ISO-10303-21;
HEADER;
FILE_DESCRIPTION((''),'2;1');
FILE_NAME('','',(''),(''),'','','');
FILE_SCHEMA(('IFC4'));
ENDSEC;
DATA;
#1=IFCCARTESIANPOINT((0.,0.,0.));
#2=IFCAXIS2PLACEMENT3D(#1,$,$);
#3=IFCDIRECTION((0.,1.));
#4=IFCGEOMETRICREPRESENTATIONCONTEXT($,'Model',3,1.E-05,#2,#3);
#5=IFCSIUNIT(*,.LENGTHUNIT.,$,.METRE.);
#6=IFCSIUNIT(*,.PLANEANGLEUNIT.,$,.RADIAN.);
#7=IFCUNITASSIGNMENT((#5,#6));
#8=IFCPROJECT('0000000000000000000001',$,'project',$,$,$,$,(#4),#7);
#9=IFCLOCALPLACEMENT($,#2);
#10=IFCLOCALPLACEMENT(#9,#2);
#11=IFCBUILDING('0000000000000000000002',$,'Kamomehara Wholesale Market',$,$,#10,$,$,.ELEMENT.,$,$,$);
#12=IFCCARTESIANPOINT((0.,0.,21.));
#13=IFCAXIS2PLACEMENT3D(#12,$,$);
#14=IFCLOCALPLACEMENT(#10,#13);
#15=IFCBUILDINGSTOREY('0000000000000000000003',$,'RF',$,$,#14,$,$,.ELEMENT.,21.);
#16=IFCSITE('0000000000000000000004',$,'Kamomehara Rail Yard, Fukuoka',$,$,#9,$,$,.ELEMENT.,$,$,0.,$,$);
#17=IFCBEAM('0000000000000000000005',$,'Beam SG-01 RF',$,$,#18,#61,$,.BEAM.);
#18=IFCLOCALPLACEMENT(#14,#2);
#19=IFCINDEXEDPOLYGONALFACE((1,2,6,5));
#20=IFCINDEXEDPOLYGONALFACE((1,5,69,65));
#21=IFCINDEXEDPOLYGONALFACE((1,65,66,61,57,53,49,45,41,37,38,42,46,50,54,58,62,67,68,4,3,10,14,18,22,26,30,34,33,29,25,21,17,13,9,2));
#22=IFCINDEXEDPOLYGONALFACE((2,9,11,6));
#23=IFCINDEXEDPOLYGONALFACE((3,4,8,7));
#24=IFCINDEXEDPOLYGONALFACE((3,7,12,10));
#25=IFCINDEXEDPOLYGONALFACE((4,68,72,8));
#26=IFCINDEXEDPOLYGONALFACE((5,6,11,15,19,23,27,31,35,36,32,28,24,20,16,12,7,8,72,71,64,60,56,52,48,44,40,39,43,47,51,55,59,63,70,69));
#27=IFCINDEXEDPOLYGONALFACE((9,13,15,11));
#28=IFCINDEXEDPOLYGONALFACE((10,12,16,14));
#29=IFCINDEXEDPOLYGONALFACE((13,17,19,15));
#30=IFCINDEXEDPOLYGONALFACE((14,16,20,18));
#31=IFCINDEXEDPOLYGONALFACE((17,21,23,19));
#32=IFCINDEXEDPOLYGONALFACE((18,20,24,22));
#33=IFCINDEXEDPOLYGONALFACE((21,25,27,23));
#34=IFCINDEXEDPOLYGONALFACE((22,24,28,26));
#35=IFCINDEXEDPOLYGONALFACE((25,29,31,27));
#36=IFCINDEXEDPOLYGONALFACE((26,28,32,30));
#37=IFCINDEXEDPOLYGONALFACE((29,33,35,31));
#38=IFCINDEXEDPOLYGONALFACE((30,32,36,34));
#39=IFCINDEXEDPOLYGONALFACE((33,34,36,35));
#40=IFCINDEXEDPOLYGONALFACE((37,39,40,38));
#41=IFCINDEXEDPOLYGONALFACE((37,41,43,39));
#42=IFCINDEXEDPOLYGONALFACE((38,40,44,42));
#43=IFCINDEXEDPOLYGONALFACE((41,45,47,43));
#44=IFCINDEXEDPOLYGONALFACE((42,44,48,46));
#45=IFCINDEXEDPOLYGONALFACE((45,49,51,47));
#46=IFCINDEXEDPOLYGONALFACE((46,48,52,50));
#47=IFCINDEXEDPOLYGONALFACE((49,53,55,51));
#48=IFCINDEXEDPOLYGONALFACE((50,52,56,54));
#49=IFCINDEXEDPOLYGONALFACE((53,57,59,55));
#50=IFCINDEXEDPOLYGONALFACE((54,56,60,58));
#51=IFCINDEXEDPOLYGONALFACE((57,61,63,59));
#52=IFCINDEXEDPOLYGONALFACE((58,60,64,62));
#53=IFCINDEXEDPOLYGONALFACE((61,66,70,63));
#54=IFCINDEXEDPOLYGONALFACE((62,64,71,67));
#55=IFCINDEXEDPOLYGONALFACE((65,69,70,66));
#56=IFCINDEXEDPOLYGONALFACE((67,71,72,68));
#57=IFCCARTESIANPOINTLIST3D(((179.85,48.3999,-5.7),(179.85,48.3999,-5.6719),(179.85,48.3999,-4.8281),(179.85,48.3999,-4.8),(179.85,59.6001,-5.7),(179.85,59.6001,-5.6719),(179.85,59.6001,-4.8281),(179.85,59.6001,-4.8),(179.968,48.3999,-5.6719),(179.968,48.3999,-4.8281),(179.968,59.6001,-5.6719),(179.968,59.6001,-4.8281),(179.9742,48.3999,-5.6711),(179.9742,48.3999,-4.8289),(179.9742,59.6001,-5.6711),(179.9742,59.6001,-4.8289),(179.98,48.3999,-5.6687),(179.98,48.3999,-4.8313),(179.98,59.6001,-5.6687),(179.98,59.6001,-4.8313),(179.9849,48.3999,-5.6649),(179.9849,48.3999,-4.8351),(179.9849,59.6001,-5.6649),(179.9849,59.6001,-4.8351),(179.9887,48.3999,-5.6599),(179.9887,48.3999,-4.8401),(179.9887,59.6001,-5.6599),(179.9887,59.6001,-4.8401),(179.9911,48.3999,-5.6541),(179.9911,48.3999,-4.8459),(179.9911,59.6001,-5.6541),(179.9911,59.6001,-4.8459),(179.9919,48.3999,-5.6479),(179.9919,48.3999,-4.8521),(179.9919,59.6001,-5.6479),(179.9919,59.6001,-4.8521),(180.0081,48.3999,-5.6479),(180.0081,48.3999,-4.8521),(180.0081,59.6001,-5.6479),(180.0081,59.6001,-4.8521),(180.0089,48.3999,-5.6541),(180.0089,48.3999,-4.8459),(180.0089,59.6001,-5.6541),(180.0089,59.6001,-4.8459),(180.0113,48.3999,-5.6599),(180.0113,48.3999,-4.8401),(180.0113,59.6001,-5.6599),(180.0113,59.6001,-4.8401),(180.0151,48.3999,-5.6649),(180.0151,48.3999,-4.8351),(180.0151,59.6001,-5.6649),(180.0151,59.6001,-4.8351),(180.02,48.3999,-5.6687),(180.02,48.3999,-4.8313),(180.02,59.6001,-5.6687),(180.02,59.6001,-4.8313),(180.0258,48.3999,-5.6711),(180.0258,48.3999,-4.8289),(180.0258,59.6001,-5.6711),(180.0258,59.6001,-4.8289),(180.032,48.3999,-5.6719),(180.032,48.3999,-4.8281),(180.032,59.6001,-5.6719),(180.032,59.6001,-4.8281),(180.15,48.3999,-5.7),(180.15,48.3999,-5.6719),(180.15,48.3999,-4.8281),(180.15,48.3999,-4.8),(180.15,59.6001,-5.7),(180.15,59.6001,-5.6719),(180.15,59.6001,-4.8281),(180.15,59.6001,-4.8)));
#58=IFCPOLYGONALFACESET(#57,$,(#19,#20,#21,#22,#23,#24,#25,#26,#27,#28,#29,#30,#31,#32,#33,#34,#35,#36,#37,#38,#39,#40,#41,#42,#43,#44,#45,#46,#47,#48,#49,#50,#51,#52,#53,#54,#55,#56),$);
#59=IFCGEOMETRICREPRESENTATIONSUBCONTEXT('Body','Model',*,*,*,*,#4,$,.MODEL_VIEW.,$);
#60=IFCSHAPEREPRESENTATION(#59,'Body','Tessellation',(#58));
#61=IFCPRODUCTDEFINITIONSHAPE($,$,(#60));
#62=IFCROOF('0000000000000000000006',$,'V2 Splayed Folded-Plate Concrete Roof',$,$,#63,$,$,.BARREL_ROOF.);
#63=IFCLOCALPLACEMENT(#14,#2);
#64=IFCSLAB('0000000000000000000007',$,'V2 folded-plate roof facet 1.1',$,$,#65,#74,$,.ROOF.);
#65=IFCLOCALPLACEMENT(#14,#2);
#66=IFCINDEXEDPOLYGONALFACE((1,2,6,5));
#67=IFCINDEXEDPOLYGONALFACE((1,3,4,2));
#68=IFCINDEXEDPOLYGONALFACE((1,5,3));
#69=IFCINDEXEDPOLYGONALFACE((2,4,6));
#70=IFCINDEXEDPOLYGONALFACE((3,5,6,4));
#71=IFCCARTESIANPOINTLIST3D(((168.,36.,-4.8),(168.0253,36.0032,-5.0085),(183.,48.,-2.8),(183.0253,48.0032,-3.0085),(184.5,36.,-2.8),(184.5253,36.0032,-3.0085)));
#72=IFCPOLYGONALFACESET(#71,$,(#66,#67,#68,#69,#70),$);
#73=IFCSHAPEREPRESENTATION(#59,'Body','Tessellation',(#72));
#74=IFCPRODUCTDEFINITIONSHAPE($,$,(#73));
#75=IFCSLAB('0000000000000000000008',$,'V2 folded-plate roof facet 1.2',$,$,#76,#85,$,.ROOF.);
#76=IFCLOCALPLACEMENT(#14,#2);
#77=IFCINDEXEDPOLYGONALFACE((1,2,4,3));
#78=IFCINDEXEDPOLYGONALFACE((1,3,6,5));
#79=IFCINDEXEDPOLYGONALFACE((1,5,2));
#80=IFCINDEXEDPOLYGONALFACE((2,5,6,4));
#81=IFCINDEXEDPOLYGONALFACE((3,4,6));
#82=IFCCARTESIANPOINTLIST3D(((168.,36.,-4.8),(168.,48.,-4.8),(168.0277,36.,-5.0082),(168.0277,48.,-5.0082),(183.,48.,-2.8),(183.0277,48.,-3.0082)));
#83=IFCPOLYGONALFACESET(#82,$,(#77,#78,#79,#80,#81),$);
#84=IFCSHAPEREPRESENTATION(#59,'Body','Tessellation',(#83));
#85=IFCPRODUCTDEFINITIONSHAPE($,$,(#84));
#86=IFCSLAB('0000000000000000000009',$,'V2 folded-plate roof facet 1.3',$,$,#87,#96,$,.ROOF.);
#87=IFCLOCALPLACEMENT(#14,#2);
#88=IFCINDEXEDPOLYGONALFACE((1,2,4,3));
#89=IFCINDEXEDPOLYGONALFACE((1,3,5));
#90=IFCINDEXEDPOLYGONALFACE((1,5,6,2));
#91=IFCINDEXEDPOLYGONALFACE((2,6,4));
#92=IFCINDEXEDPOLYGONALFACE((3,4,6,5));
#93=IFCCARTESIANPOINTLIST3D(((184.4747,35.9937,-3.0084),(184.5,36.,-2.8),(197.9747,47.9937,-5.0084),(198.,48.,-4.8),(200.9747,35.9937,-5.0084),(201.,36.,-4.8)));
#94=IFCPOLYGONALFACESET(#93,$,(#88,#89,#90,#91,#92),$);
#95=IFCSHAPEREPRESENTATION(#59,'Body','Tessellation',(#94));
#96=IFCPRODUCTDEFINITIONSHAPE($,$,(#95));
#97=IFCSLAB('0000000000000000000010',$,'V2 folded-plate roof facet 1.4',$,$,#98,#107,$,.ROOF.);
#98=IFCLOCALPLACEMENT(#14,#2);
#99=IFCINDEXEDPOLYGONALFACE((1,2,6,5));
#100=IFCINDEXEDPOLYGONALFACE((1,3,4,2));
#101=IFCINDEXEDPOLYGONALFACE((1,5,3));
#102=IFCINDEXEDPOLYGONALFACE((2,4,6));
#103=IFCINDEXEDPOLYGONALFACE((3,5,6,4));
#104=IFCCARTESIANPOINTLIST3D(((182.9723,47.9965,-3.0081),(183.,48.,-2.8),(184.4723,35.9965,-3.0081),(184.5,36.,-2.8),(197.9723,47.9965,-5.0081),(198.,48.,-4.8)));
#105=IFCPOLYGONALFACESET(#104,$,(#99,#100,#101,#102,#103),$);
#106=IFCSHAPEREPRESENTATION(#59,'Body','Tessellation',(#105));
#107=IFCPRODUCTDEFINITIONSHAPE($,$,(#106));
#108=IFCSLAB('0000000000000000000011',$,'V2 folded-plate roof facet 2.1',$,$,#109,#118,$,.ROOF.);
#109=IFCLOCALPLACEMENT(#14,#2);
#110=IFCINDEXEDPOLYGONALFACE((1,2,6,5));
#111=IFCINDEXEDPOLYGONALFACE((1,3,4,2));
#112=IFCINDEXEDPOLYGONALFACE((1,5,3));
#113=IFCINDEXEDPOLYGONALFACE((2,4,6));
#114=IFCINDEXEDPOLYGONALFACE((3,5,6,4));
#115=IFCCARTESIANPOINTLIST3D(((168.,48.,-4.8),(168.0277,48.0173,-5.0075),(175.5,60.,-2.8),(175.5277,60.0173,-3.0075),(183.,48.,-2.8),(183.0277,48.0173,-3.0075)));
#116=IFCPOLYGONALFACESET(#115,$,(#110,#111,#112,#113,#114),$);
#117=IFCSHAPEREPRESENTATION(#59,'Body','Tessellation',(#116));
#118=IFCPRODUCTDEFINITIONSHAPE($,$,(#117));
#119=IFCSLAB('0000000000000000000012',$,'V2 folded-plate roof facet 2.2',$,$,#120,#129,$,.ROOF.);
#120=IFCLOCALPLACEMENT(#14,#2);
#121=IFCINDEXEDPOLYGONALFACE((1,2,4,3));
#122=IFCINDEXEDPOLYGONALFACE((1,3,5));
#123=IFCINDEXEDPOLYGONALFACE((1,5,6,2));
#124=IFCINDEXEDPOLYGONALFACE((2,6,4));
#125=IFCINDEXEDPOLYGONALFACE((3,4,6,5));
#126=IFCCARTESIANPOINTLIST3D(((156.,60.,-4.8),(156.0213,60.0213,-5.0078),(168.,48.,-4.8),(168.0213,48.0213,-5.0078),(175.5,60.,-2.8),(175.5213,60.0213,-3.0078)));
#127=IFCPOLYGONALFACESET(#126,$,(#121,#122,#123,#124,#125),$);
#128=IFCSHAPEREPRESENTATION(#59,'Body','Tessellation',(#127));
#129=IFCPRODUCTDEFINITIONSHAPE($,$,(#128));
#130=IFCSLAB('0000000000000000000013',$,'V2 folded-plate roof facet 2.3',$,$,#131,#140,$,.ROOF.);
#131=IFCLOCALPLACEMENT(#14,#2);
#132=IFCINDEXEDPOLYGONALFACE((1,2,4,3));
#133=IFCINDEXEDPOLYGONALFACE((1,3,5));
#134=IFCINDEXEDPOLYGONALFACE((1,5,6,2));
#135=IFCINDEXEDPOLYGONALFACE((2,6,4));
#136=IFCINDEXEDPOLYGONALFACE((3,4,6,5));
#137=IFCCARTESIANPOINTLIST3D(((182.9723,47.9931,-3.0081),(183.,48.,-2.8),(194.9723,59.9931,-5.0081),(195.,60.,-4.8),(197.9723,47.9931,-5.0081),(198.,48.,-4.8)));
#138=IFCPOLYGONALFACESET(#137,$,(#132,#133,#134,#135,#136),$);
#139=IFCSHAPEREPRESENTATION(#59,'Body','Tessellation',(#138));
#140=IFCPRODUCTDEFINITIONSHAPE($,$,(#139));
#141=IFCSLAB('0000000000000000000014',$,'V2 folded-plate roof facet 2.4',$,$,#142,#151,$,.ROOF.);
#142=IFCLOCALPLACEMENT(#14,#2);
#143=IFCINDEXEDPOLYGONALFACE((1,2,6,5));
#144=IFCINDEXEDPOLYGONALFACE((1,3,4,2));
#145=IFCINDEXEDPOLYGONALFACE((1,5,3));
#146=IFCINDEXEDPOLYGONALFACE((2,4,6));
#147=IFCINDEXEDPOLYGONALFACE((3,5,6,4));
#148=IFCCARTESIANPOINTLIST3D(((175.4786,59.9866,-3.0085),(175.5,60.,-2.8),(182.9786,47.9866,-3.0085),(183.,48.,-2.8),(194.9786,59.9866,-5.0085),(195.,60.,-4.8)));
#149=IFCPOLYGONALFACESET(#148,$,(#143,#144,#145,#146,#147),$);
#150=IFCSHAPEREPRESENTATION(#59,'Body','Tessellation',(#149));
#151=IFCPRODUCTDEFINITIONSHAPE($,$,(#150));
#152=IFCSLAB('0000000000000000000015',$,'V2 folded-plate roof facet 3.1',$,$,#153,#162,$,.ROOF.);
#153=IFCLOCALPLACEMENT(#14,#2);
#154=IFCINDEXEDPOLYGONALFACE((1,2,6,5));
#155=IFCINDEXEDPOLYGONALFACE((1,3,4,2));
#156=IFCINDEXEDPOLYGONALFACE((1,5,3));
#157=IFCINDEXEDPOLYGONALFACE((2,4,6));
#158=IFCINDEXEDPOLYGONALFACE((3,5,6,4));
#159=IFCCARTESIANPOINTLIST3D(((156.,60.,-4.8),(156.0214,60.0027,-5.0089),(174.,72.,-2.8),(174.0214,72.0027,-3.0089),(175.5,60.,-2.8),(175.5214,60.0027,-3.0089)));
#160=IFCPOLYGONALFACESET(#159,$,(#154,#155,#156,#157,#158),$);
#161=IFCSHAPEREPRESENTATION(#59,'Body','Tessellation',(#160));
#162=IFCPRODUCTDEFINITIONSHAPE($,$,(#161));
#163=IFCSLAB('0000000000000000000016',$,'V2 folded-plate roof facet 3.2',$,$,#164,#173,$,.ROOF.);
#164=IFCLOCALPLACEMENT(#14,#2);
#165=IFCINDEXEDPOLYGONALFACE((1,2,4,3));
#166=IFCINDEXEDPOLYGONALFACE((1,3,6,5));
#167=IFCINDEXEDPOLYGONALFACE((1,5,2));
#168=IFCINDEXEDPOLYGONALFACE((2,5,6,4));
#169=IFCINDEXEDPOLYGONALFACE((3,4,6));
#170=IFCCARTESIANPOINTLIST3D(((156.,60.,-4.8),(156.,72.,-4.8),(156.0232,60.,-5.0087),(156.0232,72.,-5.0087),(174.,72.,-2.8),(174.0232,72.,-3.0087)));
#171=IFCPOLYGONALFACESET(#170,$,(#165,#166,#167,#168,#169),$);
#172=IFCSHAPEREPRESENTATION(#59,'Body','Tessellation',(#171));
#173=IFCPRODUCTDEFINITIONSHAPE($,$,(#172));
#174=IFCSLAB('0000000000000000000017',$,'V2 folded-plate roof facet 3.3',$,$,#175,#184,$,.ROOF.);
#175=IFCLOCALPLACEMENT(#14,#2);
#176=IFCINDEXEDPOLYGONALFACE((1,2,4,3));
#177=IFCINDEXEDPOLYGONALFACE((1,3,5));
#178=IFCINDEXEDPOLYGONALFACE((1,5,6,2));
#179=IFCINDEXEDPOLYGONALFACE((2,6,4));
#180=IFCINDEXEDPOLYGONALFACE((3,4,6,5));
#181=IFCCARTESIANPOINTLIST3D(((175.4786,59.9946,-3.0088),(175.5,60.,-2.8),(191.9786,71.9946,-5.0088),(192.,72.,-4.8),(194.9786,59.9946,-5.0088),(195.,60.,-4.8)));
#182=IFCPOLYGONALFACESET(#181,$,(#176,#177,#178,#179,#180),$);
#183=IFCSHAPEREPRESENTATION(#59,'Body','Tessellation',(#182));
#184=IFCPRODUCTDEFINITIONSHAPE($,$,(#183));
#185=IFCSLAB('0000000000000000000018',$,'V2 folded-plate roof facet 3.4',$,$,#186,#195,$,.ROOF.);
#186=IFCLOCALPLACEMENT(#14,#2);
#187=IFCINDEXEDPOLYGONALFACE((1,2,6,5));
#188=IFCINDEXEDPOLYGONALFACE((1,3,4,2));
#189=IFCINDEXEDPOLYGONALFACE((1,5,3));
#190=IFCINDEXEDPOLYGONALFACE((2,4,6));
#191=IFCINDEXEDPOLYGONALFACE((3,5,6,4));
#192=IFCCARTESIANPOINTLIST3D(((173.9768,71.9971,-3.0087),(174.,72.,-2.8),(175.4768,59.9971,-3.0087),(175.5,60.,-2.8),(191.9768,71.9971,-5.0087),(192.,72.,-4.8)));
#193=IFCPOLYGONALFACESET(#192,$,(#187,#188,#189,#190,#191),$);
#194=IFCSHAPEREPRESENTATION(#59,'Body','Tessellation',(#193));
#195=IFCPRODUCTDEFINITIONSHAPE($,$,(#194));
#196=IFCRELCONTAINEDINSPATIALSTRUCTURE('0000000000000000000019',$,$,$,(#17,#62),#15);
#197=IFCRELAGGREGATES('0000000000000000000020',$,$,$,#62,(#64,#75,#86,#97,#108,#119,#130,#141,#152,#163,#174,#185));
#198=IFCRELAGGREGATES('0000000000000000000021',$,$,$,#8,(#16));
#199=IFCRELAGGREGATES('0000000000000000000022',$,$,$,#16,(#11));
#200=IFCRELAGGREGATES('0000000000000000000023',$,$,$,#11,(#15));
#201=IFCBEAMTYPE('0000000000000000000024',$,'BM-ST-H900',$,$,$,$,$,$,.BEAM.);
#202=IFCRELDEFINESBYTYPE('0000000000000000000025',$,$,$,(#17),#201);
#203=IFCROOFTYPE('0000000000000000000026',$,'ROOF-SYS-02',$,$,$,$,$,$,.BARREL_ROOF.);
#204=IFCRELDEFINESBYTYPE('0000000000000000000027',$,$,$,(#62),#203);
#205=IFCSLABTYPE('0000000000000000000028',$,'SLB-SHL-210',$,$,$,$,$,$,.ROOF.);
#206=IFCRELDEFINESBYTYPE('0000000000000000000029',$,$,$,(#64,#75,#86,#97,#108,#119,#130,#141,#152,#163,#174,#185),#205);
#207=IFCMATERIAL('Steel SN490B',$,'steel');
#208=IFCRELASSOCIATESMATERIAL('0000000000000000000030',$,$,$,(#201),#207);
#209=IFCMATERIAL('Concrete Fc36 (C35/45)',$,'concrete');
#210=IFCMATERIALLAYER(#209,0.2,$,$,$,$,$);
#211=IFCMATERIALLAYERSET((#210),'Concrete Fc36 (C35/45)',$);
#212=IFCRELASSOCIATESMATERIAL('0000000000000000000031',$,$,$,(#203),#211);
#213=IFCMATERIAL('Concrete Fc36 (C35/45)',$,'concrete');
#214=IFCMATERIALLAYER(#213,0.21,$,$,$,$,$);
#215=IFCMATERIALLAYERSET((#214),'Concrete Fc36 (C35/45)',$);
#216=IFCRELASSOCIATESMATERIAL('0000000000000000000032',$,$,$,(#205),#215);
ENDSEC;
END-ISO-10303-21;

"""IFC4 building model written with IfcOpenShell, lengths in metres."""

from ifc_helpers import new_model, si_unit, direction, frame, origin, origin_2d, place, context, subcontext, project, spatial, polyline, i_section, outline, extrude, material, layer, layer_set, material_profile, profile_set, type_object, element, aggregate, save


model = new_model("IFC4")

# Units and contexts
model_context = context("Model", 3, precision=1e-05, world=origin(), true_north=direction((0.0, 1.0)))
body_context = subcontext(model_context, "Body", "Model", "MODEL_VIEW")
ifc_project = project(units=[si_unit("LENGTHUNIT", "METRE"), si_unit("PLANEANGLEUNIT", "RADIAN")], contexts=[model_context])

# Site, building, storey
site_placement = place(None, origin())
site = spatial("IfcSite", under=ifc_project, at=site_placement, Name="Kamomehara Rail Yard, Fukuoka", CompositionType="ELEMENT", RefElevation=0.0)
building_placement = place(site_placement, origin())
building = spatial("IfcBuilding", under=site, at=building_placement, Name="Kamomehara Wholesale Market", CompositionType="ELEMENT")
storey_placement = place(building_placement, frame((0.0, 0.0, 21.0)))
storey = spatial("IfcBuildingStorey", under=building, at=storey_placement, Name="RF", CompositionType="ELEMENT", Elevation=21.0)

# Beam
ifc_material_1 = material(Name="Steel SN490B", Category="steel")
ifc_material_profile_1 = material_profile(ifc_material_1, i_section(OverallWidth=0.3, OverallDepth=0.8999, WebThickness=0.0161, FlangeThickness=0.0281, FilletRadius=0.0239, at=origin_2d()), Name="H-900x300x16x28")
ifc_profile_set_1 = profile_set([ifc_material_profile_1], Name="Steel SN490B")
beam_type_1 = type_object("IfcBeamType", Name="BM-ST-H900", PredefinedType="BEAM", material=ifc_profile_set_1)
beam_1_placement = place(storey_placement, frame((180.0, 48.3999, -5.25), z_axis=(0.0, 1.0, 0.0), x_axis=(-1.0, 0.0, 0.0)))
element("IfcBeam", 1, at=beam_1_placement, inside=storey, type_object=beam_type_1, Name="Beam SG-01 RF", PredefinedType="BEAM", context=body_context, shape_type="SweptSolid", body=[
    extrude(i_section(OverallWidth=0.3, OverallDepth=0.8999, WebThickness=0.0161, FlangeThickness=0.0281, FilletRadius=0.0239, at=origin_2d()), origin(), (0.0, 0.0, 1.0), 11.2002),
])

# Roof, slabs
ifc_material_2 = material(Name="Concrete Fc36 (C35/45)", Category="concrete")
ifc_layer_1 = layer(ifc_material_2, 0.2)
ifc_layer_set_1 = layer_set([ifc_layer_1], Name="Concrete Fc36 (C35/45)")
roof_type = type_object("IfcRoofType", Name="ROOF-SYS-02", PredefinedType="BARREL_ROOF", material=ifc_layer_set_1)
roof_placement = place(storey_placement, origin())
roof = element("IfcRoof", 2, at=roof_placement, inside=storey, type_object=roof_type, Name="V2 Splayed Folded-Plate Concrete Roof", PredefinedType="BARREL_ROOF")
ifc_material_3 = material(Name="Concrete Fc36 (C35/45)", Category="concrete")
ifc_layer_2 = layer(ifc_material_3, 0.21)
ifc_layer_set_2 = layer_set([ifc_layer_2], Name="Concrete Fc36 (C35/45)")
slab_type = type_object("IfcSlabType", Name="SLB-SHL-210", PredefinedType="ROOF", material=ifc_layer_set_2)
slab_1_placement = place(storey_placement, frame((168.0, 36.0, -4.8), z_axis=(-0.120318, -0.01504, 0.992622), x_axis=(0.992734, 0.0, 0.120331)))
slab_1 = element("IfcSlab", 3, at=slab_1_placement, type_object=slab_type, Name="V2 folded-plate roof facet 1.1", PredefinedType="ROOF", context=body_context, shape_type="SweptSolid", body=[
    extrude(outline(polyline([(0.0, 0.0), (16.6208, 0.0), (15.1317, 12.0014), (0.0, 0.0)])), origin(), (0.0, 0.0, -1.0), 0.21),
])
slab_2_placement = place(storey_placement, frame((168.0, 36.0, -4.8), z_axis=(-0.132164, 0.0, 0.991228), x_axis=(0.776671, 0.621336, 0.103556)))
slab_2 = element("IfcSlab", 4, at=slab_2_placement, type_object=slab_type, Name="V2 folded-plate roof facet 1.2", PredefinedType="ROOF", context=body_context, shape_type="SweptSolid", body=[
    extrude(outline(polyline([(0.0, 0.0), (19.3132, 0.0), (7.456, 9.4025), (0.0, 0.0)])), origin(), (0.0, 0.0, -1.0), 0.21),
])
slab_3_placement = place(storey_placement, frame((184.5, 36.0, -2.8), z_axis=(0.120277, 0.030069, 0.992285), x_axis=(0.992734, 0.0, -0.120331)))
slab_3 = element("IfcSlab", 5, at=slab_3_placement, type_object=slab_type, Name="V2 folded-plate roof facet 1.3", PredefinedType="ROOF", context=body_context, shape_type="SweptSolid", body=[
    extrude(outline(polyline([(0.0, 0.0), (16.6208, 0.0), (13.6426, 12.0054), (0.0, 0.0)])), origin(), (0.0, 0.0, -1.0), 0.21),
])
slab_4_placement = place(storey_placement, frame((184.5, 36.0, -2.8), z_axis=(0.132146, 0.016518, 0.991093), x_axis=(0.742869, 0.660328, -0.110055)))
slab_4 = element("IfcSlab", 6, at=slab_4_placement, type_object=slab_type, Name="V2 folded-plate roof facet 1.4", PredefinedType="ROOF", context=body_context, shape_type="SweptSolid", body=[
    extrude(outline(polyline([(0.0, 0.0), (18.1728, 0.0), (6.8096, 9.9939), (0.0, 0.0)])), origin(), (0.0, 0.0, -1.0), 0.21),
])
slab_5_placement = place(storey_placement, frame((168.0, 48.0, -4.8), z_axis=(-0.131715, -0.082322, 0.987863), x_axis=(0.991228, 0.0, 0.132164)))
slab_5 = element("IfcSlab", 7, at=slab_5_placement, type_object=slab_type, Name="V2 folded-plate roof facet 2.1", PredefinedType="ROOF", context=body_context, shape_type="SweptSolid", body=[
    extrude(outline(polyline([(0.0, 0.0), (15.1327, 0.0), (7.6985, 12.0409), (0.0, 0.0)])), origin(), (0.0, 0.0, -1.0), 0.21),
])
slab_6_placement = place(storey_placement, frame((168.0, 48.0, -4.8), z_axis=(-0.101502, -0.101502, 0.989644), x_axis=(0.524784, 0.839654, 0.139942)))
slab_6 = element("IfcSlab", 8, at=slab_6_placement, type_object=slab_type, Name="V2 folded-plate roof facet 2.2", PredefinedType="ROOF", context=body_context, shape_type="SweptSolid", body=[
    extrude(outline(polyline([(0.0, 0.0), (14.2916, 0.0), (3.7784, 16.5446), (0.0, 0.0)])), origin(), (0.0, 0.0, -1.0), 0.21),
])
slab_7_placement = place(storey_placement, frame((183.0, 48.0, -2.8), z_axis=(0.132092, 0.033023, 0.990687), x_axis=(0.991228, 0.0, -0.132164)))
slab_7 = element("IfcSlab", 9, at=slab_7_placement, type_object=slab_type, Name="V2 folded-plate roof facet 2.3", PredefinedType="ROOF", context=body_context, shape_type="SweptSolid", body=[
    extrude(outline(polyline([(0.0, 0.0), (15.1327, 0.0), (12.1591, 12.0065), (0.0, 0.0)])), origin(), (0.0, 0.0, -1.0), 0.21),
])
slab_8_placement = place(storey_placement, frame((183.0, 48.0, -2.8), z_axis=(0.101822, 0.063639, 0.992765), x_axis=(0.702247, 0.702247, -0.117041)))
slab_8 = element("IfcSlab", 10, at=slab_8_placement, type_object=slab_type, Name="V2 folded-plate roof facet 2.4", PredefinedType="ROOF", context=body_context, shape_type="SweptSolid", body=[
    extrude(outline(polyline([(0.0, 0.0), (17.088, 0.0), (3.1601, 13.7936), (0.0, 0.0)])), origin(), (0.0, 0.0, -1.0), 0.21),
])
slab_9_placement = place(storey_placement, frame((156.0, 60.0, -4.8), z_axis=(-0.102021, -0.012753, 0.994701), x_axis=(0.994781, 0.0, 0.102029)))
slab_9 = element("IfcSlab", 11, at=slab_9_placement, type_object=slab_type, Name="V2 folded-plate roof facet 3.1", PredefinedType="ROOF", context=body_context, shape_type="SweptSolid", body=[
    extrude(outline(polyline([(0.0, 0.0), (19.6023, 0.0), (18.1101, 12.001), (0.0, 0.0)])), origin(), (0.0, 0.0, -1.0), 0.21),
])
slab_10_placement = place(storey_placement, frame((156.0, 60.0, -4.8), z_axis=(-0.110432, 0.0, 0.993884), x_axis=(0.828517, 0.552345, 0.092057)))
slab_10 = element("IfcSlab", 12, at=slab_10_placement, type_object=slab_type, Name="V2 folded-plate roof facet 3.2", PredefinedType="ROOF", context=body_context, shape_type="SweptSolid", body=[
    extrude(outline(polyline([(0.0, 0.0), (21.7256, 0.0), (6.6281, 10.0034), (0.0, 0.0)])), origin(), (0.0, 0.0, -1.0), 0.21),
])
slab_11_placement = place(storey_placement, frame((175.5, 60.0, -2.8), z_axis=(0.101996, 0.025499, 0.994458), x_axis=(0.994781, 0.0, -0.102029)))
slab_11 = element("IfcSlab", 13, at=slab_11_placement, type_object=slab_type, Name="V2 folded-plate roof facet 3.3", PredefinedType="ROOF", context=body_context, shape_type="SweptSolid", body=[
    extrude(outline(polyline([(0.0, 0.0), (19.6023, 0.0), (16.618, 12.0039), (0.0, 0.0)])), origin(), (0.0, 0.0, -1.0), 0.21),
])
slab_12_placement = place(storey_placement, frame((175.5, 60.0, -2.8), z_axis=(0.110421, 0.013803, 0.993789), x_axis=(0.804878, 0.585366, -0.097561)))
slab_12 = element("IfcSlab", 14, at=slab_12_placement, type_object=slab_type, Name="V2 folded-plate roof facet 3.4", PredefinedType="ROOF", context=body_context, shape_type="SweptSolid", body=[
    extrude(outline(polyline([(0.0, 0.0), (20.5, 0.0), (5.8171, 10.6024), (0.0, 0.0)])), origin(), (0.0, 0.0, -1.0), 0.21),
])
aggregate(roof, [slab_1, slab_2, slab_3, slab_4, slab_5, slab_6, slab_7, slab_8, slab_9, slab_10, slab_11, slab_12])

save(model, "model.ifc")
